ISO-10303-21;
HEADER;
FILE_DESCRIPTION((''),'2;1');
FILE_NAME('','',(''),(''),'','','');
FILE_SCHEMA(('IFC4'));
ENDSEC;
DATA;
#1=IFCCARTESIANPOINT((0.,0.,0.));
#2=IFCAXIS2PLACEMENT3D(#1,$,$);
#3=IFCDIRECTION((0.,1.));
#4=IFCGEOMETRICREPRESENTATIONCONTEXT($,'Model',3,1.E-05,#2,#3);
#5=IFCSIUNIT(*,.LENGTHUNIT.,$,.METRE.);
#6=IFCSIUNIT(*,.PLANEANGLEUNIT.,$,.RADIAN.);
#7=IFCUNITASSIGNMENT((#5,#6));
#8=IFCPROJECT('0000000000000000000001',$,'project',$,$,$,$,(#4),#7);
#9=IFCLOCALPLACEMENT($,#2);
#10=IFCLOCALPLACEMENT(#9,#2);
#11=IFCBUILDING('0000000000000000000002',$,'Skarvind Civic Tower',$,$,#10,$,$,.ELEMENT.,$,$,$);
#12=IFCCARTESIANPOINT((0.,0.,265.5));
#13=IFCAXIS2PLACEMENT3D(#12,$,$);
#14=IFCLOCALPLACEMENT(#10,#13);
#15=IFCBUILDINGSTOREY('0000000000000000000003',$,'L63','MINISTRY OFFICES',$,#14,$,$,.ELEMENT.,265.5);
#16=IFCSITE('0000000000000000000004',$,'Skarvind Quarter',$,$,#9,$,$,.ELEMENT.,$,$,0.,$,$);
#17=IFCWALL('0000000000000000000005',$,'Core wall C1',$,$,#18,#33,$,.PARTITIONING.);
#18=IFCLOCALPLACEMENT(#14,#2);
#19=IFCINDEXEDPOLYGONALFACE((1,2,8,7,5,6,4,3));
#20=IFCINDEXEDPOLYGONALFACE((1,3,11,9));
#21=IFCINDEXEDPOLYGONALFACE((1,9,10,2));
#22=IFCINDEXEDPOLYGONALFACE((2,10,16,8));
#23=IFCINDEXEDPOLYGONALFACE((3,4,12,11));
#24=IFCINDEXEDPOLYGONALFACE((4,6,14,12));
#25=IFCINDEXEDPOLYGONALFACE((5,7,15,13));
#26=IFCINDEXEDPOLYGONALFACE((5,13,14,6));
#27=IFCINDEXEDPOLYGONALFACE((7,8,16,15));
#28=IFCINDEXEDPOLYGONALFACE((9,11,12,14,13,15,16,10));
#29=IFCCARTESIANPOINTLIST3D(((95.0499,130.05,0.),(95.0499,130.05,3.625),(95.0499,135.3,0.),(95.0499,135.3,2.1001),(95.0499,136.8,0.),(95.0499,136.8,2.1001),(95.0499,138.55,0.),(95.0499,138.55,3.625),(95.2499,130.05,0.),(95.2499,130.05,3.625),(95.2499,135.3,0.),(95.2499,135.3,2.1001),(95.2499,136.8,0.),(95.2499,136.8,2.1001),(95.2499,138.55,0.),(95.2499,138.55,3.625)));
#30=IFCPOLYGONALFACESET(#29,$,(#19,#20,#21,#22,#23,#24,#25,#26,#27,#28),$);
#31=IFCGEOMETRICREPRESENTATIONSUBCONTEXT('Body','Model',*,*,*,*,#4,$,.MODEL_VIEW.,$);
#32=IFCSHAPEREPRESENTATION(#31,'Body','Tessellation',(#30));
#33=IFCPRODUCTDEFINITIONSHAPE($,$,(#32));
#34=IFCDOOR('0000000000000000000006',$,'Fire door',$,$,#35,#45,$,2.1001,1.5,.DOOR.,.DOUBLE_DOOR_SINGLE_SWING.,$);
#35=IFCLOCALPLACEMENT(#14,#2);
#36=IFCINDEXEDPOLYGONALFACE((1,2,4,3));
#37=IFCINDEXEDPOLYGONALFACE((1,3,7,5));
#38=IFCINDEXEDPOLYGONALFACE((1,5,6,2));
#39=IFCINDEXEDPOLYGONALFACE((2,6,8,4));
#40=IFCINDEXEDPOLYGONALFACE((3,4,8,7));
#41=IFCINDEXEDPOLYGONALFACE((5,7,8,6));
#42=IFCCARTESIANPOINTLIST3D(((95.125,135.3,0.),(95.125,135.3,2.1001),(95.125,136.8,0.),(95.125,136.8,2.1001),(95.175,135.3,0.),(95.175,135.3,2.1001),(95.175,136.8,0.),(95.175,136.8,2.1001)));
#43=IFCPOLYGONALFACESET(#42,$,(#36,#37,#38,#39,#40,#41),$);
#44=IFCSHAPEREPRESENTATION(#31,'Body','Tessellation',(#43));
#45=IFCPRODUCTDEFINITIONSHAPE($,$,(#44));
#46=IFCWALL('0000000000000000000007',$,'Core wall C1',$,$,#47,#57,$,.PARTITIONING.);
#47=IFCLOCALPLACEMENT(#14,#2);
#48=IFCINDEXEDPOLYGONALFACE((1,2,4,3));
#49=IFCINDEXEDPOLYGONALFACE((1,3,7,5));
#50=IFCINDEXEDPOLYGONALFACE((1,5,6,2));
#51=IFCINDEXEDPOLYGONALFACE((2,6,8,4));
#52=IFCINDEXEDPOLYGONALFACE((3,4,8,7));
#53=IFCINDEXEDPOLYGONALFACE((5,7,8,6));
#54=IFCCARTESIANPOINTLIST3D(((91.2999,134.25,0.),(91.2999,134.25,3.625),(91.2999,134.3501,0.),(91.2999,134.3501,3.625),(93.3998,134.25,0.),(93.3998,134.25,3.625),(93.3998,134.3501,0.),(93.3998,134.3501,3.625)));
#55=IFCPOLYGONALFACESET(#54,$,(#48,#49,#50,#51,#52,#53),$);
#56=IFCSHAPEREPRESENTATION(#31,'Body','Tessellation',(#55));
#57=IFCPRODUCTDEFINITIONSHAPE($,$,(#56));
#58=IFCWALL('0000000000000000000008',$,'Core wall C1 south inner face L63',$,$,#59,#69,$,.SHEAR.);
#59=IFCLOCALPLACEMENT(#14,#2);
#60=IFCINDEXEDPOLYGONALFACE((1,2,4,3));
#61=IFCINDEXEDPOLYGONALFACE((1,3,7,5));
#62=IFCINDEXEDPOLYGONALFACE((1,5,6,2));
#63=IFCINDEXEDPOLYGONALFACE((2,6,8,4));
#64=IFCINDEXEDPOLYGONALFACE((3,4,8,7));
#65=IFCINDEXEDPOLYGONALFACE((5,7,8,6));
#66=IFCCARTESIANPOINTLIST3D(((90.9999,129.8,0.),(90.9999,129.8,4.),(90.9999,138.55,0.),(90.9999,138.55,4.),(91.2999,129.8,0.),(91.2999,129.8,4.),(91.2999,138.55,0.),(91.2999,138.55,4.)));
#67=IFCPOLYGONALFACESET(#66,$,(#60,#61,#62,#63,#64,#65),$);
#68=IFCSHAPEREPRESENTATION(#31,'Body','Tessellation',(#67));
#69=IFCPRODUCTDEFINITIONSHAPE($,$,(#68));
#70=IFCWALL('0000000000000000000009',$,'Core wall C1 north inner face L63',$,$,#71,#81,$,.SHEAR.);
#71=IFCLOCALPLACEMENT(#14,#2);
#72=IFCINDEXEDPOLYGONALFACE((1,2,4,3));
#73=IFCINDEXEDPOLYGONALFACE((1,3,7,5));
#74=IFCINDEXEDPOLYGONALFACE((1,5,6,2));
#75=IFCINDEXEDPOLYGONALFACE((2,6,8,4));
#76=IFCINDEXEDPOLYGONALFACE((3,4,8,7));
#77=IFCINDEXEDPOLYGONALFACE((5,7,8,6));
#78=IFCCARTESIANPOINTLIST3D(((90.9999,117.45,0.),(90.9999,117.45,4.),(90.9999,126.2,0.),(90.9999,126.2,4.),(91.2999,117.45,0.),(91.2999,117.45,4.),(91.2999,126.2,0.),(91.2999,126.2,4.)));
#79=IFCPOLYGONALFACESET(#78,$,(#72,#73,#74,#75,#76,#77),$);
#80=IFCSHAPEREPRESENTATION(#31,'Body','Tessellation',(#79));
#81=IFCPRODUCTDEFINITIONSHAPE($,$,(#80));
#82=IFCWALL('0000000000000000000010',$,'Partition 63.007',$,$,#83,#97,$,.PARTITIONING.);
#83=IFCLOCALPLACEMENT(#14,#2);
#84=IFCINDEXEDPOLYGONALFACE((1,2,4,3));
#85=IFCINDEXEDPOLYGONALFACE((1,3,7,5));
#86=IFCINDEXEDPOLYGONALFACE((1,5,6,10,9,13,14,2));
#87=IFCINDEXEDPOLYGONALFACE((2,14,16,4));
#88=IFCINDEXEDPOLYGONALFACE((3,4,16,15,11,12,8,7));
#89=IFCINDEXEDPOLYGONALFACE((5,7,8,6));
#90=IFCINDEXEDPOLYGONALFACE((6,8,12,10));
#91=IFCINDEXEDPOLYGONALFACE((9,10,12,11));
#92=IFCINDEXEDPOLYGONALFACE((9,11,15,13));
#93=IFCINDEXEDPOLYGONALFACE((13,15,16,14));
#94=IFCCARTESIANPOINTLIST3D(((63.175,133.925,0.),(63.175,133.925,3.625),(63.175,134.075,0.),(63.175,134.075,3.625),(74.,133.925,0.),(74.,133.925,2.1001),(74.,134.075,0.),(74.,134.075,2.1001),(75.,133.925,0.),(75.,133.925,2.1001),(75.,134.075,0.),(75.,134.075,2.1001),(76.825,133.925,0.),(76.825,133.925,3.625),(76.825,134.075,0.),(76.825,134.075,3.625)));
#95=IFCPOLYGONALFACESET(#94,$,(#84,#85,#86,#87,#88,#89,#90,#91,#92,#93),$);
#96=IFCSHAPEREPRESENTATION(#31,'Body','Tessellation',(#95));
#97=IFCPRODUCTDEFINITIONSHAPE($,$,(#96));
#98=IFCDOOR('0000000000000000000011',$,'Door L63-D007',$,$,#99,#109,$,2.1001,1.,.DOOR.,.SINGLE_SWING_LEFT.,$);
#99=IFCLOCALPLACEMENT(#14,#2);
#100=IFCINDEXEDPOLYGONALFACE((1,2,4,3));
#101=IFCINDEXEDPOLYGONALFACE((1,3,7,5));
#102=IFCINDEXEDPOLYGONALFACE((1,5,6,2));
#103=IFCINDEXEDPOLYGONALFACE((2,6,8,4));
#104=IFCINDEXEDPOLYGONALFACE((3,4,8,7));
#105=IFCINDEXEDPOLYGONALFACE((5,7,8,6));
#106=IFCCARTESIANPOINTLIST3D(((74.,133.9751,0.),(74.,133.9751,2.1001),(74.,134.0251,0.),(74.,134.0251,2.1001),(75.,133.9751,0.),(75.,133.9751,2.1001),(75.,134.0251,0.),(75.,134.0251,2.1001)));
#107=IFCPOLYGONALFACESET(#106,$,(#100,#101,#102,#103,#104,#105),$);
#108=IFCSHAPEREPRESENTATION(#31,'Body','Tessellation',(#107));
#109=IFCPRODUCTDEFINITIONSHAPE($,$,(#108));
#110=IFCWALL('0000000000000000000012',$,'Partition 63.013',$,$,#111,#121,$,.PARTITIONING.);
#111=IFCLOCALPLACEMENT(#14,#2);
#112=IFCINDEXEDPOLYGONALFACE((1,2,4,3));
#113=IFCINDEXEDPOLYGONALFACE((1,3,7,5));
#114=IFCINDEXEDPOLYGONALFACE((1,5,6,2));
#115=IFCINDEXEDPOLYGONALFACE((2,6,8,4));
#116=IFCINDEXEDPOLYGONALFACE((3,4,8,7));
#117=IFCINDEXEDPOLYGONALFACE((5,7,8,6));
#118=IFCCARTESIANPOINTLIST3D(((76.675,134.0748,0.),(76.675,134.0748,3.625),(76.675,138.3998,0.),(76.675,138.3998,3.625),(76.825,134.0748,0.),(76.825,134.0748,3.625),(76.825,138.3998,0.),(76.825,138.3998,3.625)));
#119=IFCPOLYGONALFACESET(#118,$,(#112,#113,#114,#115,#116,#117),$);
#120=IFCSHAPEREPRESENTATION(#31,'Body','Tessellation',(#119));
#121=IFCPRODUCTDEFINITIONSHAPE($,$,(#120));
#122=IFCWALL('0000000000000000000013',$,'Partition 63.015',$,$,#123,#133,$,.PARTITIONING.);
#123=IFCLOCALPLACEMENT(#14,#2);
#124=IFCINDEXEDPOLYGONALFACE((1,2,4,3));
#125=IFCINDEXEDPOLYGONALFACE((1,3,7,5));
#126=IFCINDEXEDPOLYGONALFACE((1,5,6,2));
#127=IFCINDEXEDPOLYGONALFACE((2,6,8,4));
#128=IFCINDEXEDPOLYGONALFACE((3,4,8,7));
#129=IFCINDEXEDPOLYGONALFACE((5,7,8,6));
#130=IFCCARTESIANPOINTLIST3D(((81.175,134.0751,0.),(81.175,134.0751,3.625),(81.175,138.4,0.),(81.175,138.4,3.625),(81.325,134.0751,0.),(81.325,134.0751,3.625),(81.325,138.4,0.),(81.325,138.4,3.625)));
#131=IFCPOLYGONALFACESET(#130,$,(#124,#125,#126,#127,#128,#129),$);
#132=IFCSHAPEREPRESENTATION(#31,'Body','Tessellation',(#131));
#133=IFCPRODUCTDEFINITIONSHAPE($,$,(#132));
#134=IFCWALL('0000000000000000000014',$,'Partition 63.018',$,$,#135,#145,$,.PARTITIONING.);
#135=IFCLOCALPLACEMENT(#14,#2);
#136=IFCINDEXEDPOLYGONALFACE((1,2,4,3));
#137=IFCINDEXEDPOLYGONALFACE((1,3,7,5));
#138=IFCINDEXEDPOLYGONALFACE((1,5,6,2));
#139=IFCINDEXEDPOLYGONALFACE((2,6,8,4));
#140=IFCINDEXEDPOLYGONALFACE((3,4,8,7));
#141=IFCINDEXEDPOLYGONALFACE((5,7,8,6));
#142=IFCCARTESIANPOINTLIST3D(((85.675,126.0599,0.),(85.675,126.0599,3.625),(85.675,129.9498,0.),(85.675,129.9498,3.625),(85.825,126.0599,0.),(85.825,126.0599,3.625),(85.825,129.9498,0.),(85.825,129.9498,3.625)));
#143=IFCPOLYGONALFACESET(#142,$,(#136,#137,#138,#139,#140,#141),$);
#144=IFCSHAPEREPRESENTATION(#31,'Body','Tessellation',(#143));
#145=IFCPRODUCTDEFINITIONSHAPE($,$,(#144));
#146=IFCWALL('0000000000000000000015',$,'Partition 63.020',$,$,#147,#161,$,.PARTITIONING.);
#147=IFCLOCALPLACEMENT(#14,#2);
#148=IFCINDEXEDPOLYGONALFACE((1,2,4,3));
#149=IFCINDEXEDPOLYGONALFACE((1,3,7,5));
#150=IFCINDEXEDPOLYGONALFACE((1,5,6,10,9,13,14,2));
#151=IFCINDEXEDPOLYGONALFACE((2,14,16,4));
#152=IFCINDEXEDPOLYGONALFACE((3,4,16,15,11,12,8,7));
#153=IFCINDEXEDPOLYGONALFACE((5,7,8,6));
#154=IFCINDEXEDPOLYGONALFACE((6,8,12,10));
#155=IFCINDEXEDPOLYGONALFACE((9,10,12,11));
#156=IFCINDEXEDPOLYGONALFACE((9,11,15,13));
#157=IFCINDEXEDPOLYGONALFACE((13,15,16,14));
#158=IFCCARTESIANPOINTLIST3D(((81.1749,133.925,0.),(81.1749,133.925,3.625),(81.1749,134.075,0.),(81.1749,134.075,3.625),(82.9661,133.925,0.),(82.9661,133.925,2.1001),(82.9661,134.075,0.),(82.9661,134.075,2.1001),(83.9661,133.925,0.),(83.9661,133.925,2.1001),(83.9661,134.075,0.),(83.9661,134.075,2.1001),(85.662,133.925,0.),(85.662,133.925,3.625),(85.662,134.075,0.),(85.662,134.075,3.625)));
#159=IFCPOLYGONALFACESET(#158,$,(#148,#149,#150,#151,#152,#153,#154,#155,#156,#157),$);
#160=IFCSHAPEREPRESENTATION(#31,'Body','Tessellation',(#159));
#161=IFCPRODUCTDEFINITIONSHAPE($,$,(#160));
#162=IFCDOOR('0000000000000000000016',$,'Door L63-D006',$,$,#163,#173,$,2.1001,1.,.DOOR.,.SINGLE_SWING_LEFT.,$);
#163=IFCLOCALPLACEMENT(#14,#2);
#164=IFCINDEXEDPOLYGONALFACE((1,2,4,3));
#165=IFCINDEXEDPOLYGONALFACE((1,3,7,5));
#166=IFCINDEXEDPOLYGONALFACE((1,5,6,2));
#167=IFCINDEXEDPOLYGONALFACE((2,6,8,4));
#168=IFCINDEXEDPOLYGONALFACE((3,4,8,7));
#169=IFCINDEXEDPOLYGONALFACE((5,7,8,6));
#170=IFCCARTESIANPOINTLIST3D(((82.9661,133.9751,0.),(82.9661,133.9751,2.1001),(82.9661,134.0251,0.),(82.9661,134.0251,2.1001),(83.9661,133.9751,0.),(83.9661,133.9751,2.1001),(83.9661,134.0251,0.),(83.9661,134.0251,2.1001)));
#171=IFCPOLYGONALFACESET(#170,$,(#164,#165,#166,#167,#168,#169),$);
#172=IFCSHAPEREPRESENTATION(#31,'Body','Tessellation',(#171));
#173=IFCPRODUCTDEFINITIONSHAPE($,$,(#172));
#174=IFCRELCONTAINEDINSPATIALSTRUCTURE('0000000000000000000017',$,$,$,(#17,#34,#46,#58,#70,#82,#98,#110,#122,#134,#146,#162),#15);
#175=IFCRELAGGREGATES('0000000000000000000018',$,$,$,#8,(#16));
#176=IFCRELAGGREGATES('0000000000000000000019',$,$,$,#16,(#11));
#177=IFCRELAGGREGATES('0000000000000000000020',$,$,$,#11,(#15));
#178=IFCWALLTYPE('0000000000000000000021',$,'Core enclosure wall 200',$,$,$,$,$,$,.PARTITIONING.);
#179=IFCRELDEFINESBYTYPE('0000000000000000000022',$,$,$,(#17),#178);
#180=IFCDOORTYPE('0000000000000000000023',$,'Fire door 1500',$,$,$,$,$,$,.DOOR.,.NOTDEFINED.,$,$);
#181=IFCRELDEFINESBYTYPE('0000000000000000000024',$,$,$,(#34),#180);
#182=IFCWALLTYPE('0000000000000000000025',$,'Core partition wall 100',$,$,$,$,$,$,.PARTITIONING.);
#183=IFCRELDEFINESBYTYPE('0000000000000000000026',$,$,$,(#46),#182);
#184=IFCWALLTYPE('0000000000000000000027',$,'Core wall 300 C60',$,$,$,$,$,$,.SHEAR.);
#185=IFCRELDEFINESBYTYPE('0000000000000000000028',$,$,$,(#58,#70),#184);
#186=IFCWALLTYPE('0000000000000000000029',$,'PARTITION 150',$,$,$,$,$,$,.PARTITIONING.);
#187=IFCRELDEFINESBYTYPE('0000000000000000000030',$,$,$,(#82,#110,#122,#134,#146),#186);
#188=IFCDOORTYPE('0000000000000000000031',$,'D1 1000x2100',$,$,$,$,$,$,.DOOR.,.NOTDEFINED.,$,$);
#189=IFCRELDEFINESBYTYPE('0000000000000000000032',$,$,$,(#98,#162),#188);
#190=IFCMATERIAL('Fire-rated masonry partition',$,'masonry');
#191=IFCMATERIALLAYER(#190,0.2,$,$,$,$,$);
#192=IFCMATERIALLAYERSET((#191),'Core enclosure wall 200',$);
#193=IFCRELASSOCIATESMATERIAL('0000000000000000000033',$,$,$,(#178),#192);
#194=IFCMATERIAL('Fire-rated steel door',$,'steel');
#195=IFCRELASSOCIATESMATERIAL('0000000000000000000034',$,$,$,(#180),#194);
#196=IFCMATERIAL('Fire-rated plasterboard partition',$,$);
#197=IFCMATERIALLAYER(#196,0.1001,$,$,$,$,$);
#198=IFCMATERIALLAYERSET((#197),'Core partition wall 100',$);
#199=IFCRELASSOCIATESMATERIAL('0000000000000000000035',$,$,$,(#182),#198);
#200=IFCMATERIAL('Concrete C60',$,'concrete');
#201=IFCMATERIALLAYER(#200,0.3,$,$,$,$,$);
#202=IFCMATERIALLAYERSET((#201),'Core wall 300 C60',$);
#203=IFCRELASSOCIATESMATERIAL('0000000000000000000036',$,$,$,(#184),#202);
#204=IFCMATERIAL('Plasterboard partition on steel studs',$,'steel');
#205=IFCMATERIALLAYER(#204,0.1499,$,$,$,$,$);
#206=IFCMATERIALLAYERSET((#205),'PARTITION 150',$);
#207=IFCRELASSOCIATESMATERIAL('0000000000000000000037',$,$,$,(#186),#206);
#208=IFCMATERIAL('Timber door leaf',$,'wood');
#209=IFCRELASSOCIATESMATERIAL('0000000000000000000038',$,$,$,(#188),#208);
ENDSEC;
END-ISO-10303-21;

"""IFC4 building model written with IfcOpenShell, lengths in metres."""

from ifc_helpers import new_model, si_unit, direction, frame, frame_2d, origin, place, context, subcontext, project, spatial, rectangle, extrude, material, layer, layer_set, type_object, element, fill, save


model = new_model("IFC4")

# Units and contexts
model_context = context("Model", 3, precision=1e-05, world=origin(), true_north=direction((0.0, 1.0)))
body_context = subcontext(model_context, "Body", "Model", "MODEL_VIEW")
ifc_project = project(units=[si_unit("LENGTHUNIT", "METRE"), si_unit("PLANEANGLEUNIT", "RADIAN")], contexts=[model_context])

# Site, building, storey
site_placement = place(None, origin())
site = spatial("IfcSite", under=ifc_project, at=site_placement, Name="Skarvind Quarter", CompositionType="ELEMENT", RefElevation=0.0)
building_placement = place(site_placement, origin())
building = spatial("IfcBuilding", under=site, at=building_placement, Name="Skarvind Civic Tower", CompositionType="ELEMENT")
storey_placement = place(building_placement, frame((0.0, 0.0, 265.5)))
storey = spatial("IfcBuildingStorey", under=building, at=storey_placement, Name="L63", Description="MINISTRY OFFICES", CompositionType="ELEMENT", Elevation=265.5)

# Shared definitions
ifc_material_1 = material(Name="Concrete C60", Category="concrete")

# Wall, opening, door
ifc_material_2 = material(Name="Timber door leaf", Category="wood")
ifc_material_3 = material(Name="Fire-rated masonry partition", Category="masonry")
ifc_layer_1 = layer(ifc_material_3, 0.2)
ifc_layer_set_1 = layer_set([ifc_layer_1], Name="Core enclosure wall 200")
wall_type_1 = type_object("IfcWallType", Name="Core enclosure wall 200", PredefinedType="PARTITIONING", material=ifc_layer_set_1)
ifc_material_4 = material(Name="Fire-rated steel door", Category="steel")
wall_1_placement = place(storey_placement, frame((95.1499, 130.05, 0.0), z_axis=(0.0, 0.0, 1.0), x_axis=(0.0, 1.0, 0.0)))
wall_1 = element("IfcWall", 1, at=wall_1_placement, inside=storey, type_object=wall_type_1, Name="Core wall C1", PredefinedType="PARTITIONING", context=body_context, shape_type="SweptSolid", body=[
    extrude(rectangle(XDim=8.5, YDim=0.2, at=frame_2d((4.25, 0.0))), origin(), (0.0, 0.0, 1.0), 3.625),
])
opening_1_placement = place(wall_1_placement, frame((5.25, 0.0, 0.0)))
opening_1 = element("IfcOpeningElement", 2, at=opening_1_placement, cuts=wall_1, PredefinedType="OPENING", context=body_context, shape_type="SweptSolid", body=[
    extrude(rectangle(XDim=1.5, YDim=2.1001, at=frame_2d((0.75, 1.05))), frame((0.0, 0.1099, 0.0), z_axis=(0.0, -1.0, 0.0), x_axis=(1.0, 0.0, 0.0)), (0.0, 0.0, 1.0), 0.22),
])
door_type_1 = type_object("IfcDoorType", Name="Fire door 1500", OperationType="NOTDEFINED", PredefinedType="DOOR", material=ifc_material_4)
door_1_placement = place(opening_1_placement, origin())
door_1 = element("IfcDoor", 3, at=door_1_placement, inside=storey, type_object=door_type_1, Name="Fire door", OperationType="DOUBLE_DOOR_SINGLE_SWING", OverallHeight=2.1001, OverallWidth=1.5, PredefinedType="DOOR", context=body_context, shape_type="SweptSolid", body=[
    extrude(rectangle(XDim=1.5, YDim=2.1001, at=frame_2d((0.75, 1.05))), frame((0.0, 0.0249, 0.0), z_axis=(0.0, -1.0, 0.0), x_axis=(1.0, 0.0, 0.0)), (0.0, 0.0, 1.0), 0.05),
])
fill(opening_1, door_1)

# Walls
ifc_material_5 = material(Name="Fire-rated plasterboard partition")
ifc_layer_2 = layer(ifc_material_5, 0.1001)
ifc_layer_set_2 = layer_set([ifc_layer_2], Name="Core partition wall 100")
wall_type_2 = type_object("IfcWallType", Name="Core partition wall 100", PredefinedType="PARTITIONING", material=ifc_layer_set_2)
wall_2_placement = place(storey_placement, frame((91.3, 134.3, 0.0), z_axis=(0.0, 0.0, 1.0), x_axis=(1.0, 0.0, 0.0)))
element("IfcWall", 4, at=wall_2_placement, inside=storey, type_object=wall_type_2, Name="Core wall C1", PredefinedType="PARTITIONING", context=body_context, shape_type="SweptSolid", body=[
    extrude(rectangle(XDim=2.0999, YDim=0.1001, at=frame_2d((1.0498, 0.0))), origin(), (0.0, 0.0, 1.0), 3.625),
])
ifc_layer_3 = layer(ifc_material_1, 0.3)
ifc_layer_set_3 = layer_set([ifc_layer_3], Name="Core wall 300 C60")
wall_type_3 = type_object("IfcWallType", Name="Core wall 300 C60", PredefinedType="SHEAR", material=ifc_layer_set_3)
for number, where, z_axis, x_axis, name in (
    (5, (91.1499, 138.55, 0.0), (0.0, 0.0, 1.0), (0.0, -1.0, 0.0), "Core wall C1 south inner face L63"),
    (6, (91.1499, 126.2, 0.0), (0.0, 0.0, 1.0), (0.0, -1.0, 0.0), "Core wall C1 north inner face L63"),
):
    element("IfcWall", number, at=place(storey_placement, frame(where, z_axis=z_axis, x_axis=x_axis)), inside=storey, type_object=wall_type_3, Name=name, PredefinedType="SHEAR", context=body_context, shape_type="SweptSolid", body=[
        extrude(rectangle(XDim=8.75, YDim=0.3, at=frame_2d((4.375, 0.0))), origin(), (0.0, 0.0, 1.0), 4.0),
    ])

# Wall, opening, door
ifc_material_6 = material(Name="Plasterboard partition on steel studs", Category="steel")
ifc_layer_4 = layer(ifc_material_6, 0.1499)
ifc_layer_set_4 = layer_set([ifc_layer_4], Name="PARTITION 150")
wall_type_4 = type_object("IfcWallType", Name="PARTITION 150", PredefinedType="PARTITIONING", material=ifc_layer_set_4)
wall_3_placement = place(storey_placement, frame((76.825, 134.0, 0.0), z_axis=(0.0, 0.0, 1.0), x_axis=(-1.0, 0.0, 0.0)))
wall_3 = element("IfcWall", 7, at=wall_3_placement, inside=storey, type_object=wall_type_4, Name="Partition 63.007", PredefinedType="PARTITIONING", context=body_context, shape_type="SweptSolid", body=[
    extrude(rectangle(XDim=13.6499, YDim=0.1499, at=frame_2d((6.825, 0.0))), origin(), (0.0, 0.0, 1.0), 3.625),
])
opening_2_placement = place(wall_3_placement, frame((1.825, 0.0, 0.0)))
opening_2 = element("IfcOpeningElement", 8, at=opening_2_placement, cuts=wall_3, PredefinedType="OPENING", context=body_context, shape_type="SweptSolid", body=[
    extrude(rectangle(XDim=1.0, YDim=2.1001, at=frame_2d((0.5, 1.05))), frame((0.0, 0.085, 0.0), z_axis=(0.0, -1.0, 0.0), x_axis=(1.0, 0.0, 0.0)), (0.0, 0.0, 1.0), 0.1699),
])
door_type_2 = type_object("IfcDoorType", Name="D1 1000x2100", OperationType="NOTDEFINED", PredefinedType="DOOR", material=ifc_material_2)
door_2_placement = place(opening_2_placement, origin())
door_2 = element("IfcDoor", 9, at=door_2_placement, inside=storey, type_object=door_type_2, Name="Door L63-D007", OperationType="SINGLE_SWING_LEFT", OverallHeight=2.1001, OverallWidth=1.0, PredefinedType="DOOR", context=body_context, shape_type="SweptSolid", body=[
    extrude(rectangle(XDim=1.0, YDim=2.1001, at=frame_2d((0.5, 1.05))), frame((0.0, 0.0249, 0.0), z_axis=(0.0, -1.0, 0.0), x_axis=(1.0, 0.0, 0.0)), (0.0, 0.0, 1.0), 0.05),
])
fill(opening_2, door_2)

# Walls
for number, where, z_axis, x_axis, name in (
    (10, (76.75, 138.3999, 0.0), (0.0, 0.0, 1.0), (0.0, -1.0, 0.0), "Partition 63.013"),
    (11, (81.25, 134.075, 0.0), (0.0, 0.0, 1.0), (0.0, 1.0, 0.0), "Partition 63.015"),
):
    element("IfcWall", number, at=place(storey_placement, frame(where, z_axis=z_axis, x_axis=x_axis)), inside=storey, type_object=wall_type_4, Name=name, PredefinedType="PARTITIONING", context=body_context, shape_type="SweptSolid", body=[
        extrude(rectangle(XDim=4.325, YDim=0.1499, at=frame_2d((2.1626, 0.0))), origin(), (0.0, 0.0, 1.0), 3.625),
    ])
wall_4_placement = place(storey_placement, frame((85.75, 126.0601, 0.0), z_axis=(0.0, 0.0, 1.0), x_axis=(0.0, 1.0, 0.0)))
element("IfcWall", 12, at=wall_4_placement, inside=storey, type_object=wall_type_4, Name="Partition 63.018", PredefinedType="PARTITIONING", context=body_context, shape_type="SweptSolid", body=[
    extrude(rectangle(XDim=3.8899, YDim=0.1499, at=frame_2d((1.9448, 0.0))), origin(), (0.0, 0.0, 1.0), 3.625),
])

# Wall, opening, door
wall_5_placement = place(storey_placement, frame((85.6621, 134.0, 0.0), z_axis=(0.0, 0.0, 1.0), x_axis=(-1.0, 0.0, 0.0)))
wall_5 = element("IfcWall", 13, at=wall_5_placement, inside=storey, type_object=wall_type_4, Name="Partition 63.020", PredefinedType="PARTITIONING", context=body_context, shape_type="SweptSolid", body=[
    extrude(rectangle(XDim=4.4871, YDim=0.1499, at=frame_2d((2.2437, 0.0))), origin(), (0.0, 0.0, 1.0), 3.625),
])
opening_3_placement = place(wall_5_placement, frame((1.696, 0.0, 0.0)))
opening_3 = element("IfcOpeningElement", 14, at=opening_3_placement, cuts=wall_5, PredefinedType="OPENING", context=body_context, shape_type="SweptSolid", body=[
    extrude(rectangle(XDim=1.0, YDim=2.1001, at=frame_2d((0.5, 1.05))), frame((0.0, 0.085, 0.0), z_axis=(0.0, -1.0, 0.0), x_axis=(1.0, 0.0, 0.0)), (0.0, 0.0, 1.0), 0.1699),
])
door_3_placement = place(opening_3_placement, origin())
door_3 = element("IfcDoor", 15, at=door_3_placement, inside=storey, type_object=door_type_2, Name="Door L63-D006", OperationType="SINGLE_SWING_LEFT", OverallHeight=2.1001, OverallWidth=1.0, PredefinedType="DOOR", context=body_context, shape_type="SweptSolid", body=[
    extrude(rectangle(XDim=1.0, YDim=2.1001, at=frame_2d((0.5, 1.05))), frame((0.0, 0.0249, 0.0), z_axis=(0.0, -1.0, 0.0), x_axis=(1.0, 0.0, 0.0)), (0.0, 0.0, 1.0), 0.05),
])
fill(opening_3, door_3)

save(model, "model.ifc")
